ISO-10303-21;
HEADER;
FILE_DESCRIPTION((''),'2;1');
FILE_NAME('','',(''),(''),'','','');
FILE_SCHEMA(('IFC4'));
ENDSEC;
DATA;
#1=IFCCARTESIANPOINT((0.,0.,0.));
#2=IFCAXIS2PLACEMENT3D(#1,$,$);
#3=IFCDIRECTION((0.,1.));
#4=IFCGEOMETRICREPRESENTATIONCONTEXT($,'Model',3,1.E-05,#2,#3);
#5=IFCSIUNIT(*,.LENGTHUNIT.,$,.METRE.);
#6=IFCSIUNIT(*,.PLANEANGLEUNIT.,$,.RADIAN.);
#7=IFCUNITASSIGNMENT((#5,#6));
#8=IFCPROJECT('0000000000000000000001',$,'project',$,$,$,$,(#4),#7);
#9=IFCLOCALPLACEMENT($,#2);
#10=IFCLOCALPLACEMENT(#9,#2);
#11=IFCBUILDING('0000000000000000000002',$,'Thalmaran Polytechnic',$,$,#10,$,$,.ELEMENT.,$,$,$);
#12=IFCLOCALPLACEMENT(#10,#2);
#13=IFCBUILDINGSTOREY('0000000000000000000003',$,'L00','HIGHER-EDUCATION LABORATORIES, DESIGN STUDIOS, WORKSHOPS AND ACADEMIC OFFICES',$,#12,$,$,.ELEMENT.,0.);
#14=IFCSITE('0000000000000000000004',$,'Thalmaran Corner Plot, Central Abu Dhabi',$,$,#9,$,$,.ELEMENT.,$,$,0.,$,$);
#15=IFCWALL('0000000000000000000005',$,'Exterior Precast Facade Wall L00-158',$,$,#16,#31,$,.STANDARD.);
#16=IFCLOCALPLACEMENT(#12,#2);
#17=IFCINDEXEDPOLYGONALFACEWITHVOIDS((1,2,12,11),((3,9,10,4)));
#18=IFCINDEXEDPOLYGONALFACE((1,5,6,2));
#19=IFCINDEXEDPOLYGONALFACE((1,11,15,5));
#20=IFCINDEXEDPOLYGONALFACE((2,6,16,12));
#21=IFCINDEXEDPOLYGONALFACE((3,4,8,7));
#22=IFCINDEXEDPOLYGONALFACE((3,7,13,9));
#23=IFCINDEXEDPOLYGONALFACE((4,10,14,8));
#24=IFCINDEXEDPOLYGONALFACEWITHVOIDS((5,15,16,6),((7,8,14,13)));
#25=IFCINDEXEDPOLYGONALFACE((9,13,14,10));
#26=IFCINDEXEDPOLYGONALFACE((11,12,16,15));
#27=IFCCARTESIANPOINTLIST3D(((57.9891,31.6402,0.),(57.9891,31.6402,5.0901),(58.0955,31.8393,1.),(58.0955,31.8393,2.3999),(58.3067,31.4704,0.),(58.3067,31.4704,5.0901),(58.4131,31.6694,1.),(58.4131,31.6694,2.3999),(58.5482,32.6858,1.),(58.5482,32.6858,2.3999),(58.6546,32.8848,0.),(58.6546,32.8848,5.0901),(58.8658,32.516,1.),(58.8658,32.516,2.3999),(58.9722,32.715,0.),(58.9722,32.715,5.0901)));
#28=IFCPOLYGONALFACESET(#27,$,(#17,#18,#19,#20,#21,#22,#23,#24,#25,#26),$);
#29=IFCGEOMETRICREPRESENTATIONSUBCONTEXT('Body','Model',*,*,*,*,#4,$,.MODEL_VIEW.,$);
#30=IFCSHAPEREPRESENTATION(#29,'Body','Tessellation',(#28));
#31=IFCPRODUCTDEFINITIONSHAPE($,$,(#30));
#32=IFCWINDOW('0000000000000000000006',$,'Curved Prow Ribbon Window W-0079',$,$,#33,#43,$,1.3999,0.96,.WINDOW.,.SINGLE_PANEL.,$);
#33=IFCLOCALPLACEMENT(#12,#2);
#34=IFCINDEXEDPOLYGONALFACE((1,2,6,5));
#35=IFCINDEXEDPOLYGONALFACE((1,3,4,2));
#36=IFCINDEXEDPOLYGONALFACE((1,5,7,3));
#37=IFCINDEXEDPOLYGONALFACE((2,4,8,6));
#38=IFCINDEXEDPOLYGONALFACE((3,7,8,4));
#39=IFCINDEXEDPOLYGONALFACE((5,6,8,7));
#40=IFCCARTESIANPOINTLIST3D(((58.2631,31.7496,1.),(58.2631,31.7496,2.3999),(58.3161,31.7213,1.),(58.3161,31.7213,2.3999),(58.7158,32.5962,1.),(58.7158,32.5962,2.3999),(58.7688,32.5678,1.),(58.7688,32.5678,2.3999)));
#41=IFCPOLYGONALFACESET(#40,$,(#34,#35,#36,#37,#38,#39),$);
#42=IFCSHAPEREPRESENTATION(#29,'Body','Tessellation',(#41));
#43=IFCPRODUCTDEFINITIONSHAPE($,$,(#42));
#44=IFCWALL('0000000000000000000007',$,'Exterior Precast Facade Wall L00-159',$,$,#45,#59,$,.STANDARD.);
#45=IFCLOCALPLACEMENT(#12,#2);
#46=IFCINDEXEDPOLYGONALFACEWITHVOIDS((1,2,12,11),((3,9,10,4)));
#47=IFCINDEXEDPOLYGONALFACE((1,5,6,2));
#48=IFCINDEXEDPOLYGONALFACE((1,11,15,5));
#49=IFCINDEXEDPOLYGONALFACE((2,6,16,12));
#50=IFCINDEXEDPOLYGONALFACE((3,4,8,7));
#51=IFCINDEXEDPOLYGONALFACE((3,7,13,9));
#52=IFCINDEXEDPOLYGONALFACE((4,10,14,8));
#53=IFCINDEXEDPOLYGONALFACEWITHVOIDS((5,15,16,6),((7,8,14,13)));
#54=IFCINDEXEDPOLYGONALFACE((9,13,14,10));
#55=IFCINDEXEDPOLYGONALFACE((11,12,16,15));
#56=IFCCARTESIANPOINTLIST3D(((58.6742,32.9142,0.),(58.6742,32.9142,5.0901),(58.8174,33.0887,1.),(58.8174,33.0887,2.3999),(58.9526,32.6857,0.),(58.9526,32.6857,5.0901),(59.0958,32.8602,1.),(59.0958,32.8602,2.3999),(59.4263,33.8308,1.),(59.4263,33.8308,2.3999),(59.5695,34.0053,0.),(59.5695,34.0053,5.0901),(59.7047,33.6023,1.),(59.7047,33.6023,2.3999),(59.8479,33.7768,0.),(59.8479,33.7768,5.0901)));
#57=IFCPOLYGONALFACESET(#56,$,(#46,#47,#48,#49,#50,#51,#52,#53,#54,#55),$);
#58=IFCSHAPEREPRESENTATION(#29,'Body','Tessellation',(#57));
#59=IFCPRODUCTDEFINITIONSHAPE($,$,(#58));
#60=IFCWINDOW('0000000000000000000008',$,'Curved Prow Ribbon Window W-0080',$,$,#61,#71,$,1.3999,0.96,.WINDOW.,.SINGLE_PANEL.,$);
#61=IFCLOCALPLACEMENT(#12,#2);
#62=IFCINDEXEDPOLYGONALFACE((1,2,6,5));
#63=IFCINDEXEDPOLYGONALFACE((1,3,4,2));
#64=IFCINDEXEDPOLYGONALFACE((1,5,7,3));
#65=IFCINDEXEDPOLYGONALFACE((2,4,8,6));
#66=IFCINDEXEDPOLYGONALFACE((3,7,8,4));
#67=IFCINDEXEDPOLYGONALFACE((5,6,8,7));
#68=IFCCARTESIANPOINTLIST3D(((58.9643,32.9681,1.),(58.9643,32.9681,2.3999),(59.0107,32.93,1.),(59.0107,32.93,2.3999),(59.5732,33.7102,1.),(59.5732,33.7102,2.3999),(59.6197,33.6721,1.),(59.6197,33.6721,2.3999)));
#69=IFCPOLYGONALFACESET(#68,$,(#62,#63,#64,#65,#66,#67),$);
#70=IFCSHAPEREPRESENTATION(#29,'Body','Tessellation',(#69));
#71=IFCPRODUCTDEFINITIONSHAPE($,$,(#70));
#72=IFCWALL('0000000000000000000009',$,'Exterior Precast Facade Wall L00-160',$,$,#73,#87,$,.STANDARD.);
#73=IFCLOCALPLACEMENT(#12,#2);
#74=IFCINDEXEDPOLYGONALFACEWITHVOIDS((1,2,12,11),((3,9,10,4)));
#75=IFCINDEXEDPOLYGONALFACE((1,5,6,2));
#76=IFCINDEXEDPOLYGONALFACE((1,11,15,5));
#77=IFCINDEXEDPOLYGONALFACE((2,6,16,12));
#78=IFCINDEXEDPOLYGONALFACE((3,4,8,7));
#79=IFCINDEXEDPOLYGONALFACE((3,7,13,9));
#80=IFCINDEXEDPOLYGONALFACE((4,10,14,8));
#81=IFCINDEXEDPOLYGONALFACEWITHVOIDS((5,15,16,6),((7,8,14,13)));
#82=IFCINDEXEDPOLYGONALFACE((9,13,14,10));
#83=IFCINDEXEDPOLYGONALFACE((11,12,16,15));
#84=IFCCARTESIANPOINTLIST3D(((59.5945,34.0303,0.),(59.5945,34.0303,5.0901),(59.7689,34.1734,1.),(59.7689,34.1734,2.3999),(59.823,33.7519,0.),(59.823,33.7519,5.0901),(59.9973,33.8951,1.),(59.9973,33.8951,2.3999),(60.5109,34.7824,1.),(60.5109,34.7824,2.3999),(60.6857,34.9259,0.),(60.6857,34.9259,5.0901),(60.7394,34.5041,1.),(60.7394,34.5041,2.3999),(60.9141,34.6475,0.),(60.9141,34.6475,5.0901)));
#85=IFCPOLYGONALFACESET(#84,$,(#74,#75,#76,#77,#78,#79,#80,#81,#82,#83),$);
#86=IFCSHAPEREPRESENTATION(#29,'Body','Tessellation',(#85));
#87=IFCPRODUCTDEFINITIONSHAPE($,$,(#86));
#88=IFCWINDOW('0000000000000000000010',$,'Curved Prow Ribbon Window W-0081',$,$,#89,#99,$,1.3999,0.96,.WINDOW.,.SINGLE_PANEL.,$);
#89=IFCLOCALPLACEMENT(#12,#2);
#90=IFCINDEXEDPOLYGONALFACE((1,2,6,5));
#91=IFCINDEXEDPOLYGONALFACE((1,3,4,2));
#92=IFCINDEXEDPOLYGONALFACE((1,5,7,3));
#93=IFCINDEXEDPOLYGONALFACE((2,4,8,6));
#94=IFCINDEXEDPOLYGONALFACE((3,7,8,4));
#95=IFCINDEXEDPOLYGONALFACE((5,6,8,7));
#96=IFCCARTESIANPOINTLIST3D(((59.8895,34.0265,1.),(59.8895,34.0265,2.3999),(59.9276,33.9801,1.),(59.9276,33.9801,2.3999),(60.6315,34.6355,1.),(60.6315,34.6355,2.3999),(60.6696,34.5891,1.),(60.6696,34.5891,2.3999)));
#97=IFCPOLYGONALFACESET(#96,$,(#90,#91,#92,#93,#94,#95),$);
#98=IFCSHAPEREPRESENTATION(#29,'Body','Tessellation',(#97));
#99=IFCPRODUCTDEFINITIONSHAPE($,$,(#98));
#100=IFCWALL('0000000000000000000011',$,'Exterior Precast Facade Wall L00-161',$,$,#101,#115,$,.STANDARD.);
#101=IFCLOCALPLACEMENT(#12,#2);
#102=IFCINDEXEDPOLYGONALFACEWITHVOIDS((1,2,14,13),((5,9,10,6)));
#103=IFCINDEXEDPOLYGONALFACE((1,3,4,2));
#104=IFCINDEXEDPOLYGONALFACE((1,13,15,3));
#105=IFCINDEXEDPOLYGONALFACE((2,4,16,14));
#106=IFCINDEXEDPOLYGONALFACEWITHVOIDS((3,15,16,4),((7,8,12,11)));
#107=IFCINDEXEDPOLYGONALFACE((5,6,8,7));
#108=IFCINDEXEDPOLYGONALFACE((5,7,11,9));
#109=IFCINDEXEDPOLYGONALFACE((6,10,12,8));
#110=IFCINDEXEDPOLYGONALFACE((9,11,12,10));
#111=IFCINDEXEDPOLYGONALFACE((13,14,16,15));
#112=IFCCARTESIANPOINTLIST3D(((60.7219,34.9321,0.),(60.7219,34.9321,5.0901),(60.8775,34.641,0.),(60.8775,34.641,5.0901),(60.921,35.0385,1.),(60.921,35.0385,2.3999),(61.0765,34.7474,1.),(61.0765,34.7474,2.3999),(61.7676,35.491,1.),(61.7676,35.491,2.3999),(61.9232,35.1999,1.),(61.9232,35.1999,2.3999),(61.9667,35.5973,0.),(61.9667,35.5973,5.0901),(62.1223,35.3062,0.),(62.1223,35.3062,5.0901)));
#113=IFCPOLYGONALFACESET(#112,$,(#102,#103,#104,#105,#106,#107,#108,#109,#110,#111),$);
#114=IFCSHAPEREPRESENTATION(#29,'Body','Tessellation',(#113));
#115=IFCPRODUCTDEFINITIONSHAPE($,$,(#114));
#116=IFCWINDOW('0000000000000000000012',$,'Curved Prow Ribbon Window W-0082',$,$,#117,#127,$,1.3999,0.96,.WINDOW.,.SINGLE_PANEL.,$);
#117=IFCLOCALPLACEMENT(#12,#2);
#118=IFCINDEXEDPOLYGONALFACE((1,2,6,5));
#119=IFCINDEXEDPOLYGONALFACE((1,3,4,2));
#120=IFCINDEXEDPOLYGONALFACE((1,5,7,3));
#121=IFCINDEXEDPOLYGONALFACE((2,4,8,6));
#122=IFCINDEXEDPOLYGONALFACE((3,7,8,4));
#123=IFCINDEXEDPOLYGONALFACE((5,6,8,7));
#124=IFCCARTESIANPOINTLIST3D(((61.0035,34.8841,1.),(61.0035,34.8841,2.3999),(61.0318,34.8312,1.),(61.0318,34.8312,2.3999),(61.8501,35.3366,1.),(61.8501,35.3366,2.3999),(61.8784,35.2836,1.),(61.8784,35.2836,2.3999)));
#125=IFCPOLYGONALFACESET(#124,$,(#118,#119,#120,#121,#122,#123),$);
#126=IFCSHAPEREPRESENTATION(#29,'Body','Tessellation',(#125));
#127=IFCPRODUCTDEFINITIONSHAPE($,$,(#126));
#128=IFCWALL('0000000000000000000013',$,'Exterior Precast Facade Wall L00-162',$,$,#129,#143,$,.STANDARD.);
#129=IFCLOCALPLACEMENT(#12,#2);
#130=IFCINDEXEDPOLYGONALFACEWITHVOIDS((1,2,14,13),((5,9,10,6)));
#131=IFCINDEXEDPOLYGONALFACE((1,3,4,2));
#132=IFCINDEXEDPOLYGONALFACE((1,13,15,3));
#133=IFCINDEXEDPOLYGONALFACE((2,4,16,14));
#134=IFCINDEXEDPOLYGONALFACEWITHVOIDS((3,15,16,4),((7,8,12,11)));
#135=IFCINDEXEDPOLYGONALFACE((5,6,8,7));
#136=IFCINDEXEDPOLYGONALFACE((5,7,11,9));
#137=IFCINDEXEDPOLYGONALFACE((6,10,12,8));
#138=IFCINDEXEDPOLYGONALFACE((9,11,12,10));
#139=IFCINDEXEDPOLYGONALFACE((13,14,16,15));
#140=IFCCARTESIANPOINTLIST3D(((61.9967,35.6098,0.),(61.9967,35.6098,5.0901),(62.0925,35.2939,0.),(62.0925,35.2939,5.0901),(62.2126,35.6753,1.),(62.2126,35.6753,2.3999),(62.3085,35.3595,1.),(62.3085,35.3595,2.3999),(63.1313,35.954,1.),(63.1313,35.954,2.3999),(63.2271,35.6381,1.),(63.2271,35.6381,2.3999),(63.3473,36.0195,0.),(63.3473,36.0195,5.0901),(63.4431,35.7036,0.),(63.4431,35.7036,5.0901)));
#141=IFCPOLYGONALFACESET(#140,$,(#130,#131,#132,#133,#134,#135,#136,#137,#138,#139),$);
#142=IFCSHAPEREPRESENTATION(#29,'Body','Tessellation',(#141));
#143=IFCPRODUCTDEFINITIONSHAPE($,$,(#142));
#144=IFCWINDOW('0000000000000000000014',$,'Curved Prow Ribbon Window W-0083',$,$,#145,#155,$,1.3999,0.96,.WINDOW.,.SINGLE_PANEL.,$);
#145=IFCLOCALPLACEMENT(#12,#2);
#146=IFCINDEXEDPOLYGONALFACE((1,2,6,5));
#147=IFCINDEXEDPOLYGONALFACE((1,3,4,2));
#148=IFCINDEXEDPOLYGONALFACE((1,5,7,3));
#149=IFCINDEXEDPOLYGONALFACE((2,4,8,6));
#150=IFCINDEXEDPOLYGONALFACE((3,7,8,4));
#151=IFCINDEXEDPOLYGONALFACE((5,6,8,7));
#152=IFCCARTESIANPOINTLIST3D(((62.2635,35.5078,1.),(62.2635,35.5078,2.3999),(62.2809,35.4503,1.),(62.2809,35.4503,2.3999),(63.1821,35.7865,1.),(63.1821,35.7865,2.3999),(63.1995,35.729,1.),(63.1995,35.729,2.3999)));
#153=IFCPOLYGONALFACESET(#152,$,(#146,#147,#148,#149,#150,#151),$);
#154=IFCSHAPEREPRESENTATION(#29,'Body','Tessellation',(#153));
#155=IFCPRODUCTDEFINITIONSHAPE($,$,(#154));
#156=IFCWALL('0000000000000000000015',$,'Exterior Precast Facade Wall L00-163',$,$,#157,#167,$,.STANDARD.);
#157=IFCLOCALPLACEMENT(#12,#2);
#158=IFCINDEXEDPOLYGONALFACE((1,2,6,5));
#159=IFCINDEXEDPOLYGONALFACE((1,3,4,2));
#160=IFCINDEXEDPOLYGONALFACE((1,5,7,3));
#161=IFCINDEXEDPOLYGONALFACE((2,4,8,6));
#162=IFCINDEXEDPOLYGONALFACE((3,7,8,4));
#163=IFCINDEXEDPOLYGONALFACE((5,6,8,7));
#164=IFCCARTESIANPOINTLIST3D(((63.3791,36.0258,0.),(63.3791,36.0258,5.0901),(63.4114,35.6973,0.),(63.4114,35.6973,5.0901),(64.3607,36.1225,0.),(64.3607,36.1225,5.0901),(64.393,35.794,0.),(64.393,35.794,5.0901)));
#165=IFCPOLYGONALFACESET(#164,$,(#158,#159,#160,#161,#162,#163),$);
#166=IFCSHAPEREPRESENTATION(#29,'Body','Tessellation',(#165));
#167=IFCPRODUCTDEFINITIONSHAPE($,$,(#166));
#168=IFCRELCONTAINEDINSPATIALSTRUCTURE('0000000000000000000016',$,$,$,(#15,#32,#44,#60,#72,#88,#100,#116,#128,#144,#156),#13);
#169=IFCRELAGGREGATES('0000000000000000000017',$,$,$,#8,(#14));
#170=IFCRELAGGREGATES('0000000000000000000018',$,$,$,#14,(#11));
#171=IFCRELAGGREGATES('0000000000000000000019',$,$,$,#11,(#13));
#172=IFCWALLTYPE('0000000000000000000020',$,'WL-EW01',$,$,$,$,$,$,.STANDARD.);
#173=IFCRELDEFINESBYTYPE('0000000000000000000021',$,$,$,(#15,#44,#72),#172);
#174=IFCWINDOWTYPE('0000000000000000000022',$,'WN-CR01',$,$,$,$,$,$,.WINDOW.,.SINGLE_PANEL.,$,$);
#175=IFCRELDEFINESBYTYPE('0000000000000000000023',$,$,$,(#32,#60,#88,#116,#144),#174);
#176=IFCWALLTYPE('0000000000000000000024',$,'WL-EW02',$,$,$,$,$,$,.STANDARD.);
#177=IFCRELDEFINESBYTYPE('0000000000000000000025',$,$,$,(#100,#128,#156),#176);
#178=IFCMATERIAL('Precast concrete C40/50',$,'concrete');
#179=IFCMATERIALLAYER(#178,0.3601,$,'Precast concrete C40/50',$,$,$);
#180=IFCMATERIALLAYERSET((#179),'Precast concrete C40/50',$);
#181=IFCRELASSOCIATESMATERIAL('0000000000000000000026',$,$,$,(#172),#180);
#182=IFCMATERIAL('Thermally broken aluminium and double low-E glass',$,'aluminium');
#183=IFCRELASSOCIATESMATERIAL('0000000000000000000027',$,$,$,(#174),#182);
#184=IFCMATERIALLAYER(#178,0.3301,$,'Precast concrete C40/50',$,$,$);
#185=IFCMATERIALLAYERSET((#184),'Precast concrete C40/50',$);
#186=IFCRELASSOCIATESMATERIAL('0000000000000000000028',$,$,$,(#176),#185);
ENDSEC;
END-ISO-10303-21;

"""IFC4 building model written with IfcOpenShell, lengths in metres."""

from ifc_helpers import new_model, si_unit, direction, frame, frame_2d, origin, place, context, subcontext, project, spatial, rectangle, extrude, material, layer, layer_set, type_object, element, fill, save


model = new_model("IFC4")

# Units and contexts
model_context = context("Model", 3, precision=1e-05, world=origin(), true_north=direction((0.0, 1.0)))
body_context = subcontext(model_context, "Body", "Model", "MODEL_VIEW")
ifc_project = project(units=[si_unit("LENGTHUNIT", "METRE"), si_unit("PLANEANGLEUNIT", "RADIAN")], contexts=[model_context])

# Site, building, storey
site_placement = place(None, origin())
site = spatial("IfcSite", under=ifc_project, at=site_placement, Name="Thalmaran Corner Plot, Central Abu Dhabi", CompositionType="ELEMENT", RefElevation=0.0)
building_placement = place(site_placement, origin())
building = spatial("IfcBuilding", under=site, at=building_placement, Name="Thalmaran Polytechnic", CompositionType="ELEMENT")
storey_placement = place(building_placement, origin())
storey = spatial("IfcBuildingStorey", under=building, at=storey_placement, Name="L00", Description="HIGHER-EDUCATION LABORATORIES, DESIGN STUDIOS, WORKSHOPS AND ACADEMIC OFFICES", CompositionType="ELEMENT", Elevation=0.0)

# Shared definitions
ifc_material_1 = material(Name="Precast concrete C40/50", Category="concrete")
ifc_layer_1 = layer(ifc_material_1, 0.3601, Name="Precast concrete C40/50")
ifc_layer_set_1 = layer_set([ifc_layer_1], Name="Precast concrete C40/50")
wall_type_1 = type_object("IfcWallType", Name="WL-EW01", PredefinedType="STANDARD", material=ifc_layer_set_1)

# Walls, openings, windows
ifc_material_2 = material(Name="Thermally broken aluminium and double low-E glass", Category="aluminium")
window_type = type_object("IfcWindowType", Name="WN-CR01", PartitioningType="SINGLE_PANEL", PredefinedType="WINDOW", material=ifc_material_2)
wall_1_placement = place(storey_placement, frame((58.1479, 31.5554, 0.0), z_axis=(0.0, 0.0, 1.0), x_axis=(0.47154, 0.881845, 0.0)))
wall_1 = element("IfcWall", 1, at=wall_1_placement, inside=storey, type_object=wall_type_1, Name="Exterior Precast Facade Wall L00-158", PredefinedType="STANDARD", context=body_context, shape_type="SweptSolid", body=[
    extrude(rectangle(XDim=1.4114, YDim=0.3601, at=frame_2d((0.7056, 0.0))), origin(), (0.0, 0.0, 1.0), 5.0901),
])
opening_1_placement = place(wall_1_placement, frame((0.2256, 0.0, 1.0)))
opening_1 = element("IfcOpeningElement", 2, at=opening_1_placement, cuts=wall_1, PredefinedType="OPENING", context=body_context, shape_type="SweptSolid", body=[
    extrude(rectangle(XDim=0.96, YDim=1.3999, at=frame_2d((0.48, 0.7))), frame((0.0, 0.1899, 0.0), z_axis=(0.0, -1.0, 0.0), x_axis=(1.0, 0.0, 0.0)), (0.0, 0.0, 1.0), 0.3801),
])
window_1_placement = place(opening_1_placement, origin())
window_1 = element("IfcWindow", 3, at=window_1_placement, inside=storey, type_object=window_type, Name="Curved Prow Ribbon Window W-0079", OverallHeight=1.3999, OverallWidth=0.96, PartitioningType="SINGLE_PANEL", PredefinedType="WINDOW", context=body_context, shape_type="SweptSolid", body=[
    extrude(rectangle(XDim=0.96, YDim=1.3999, at=frame_2d((0.48, 0.7))), frame((0.0, -0.01, 0.0), z_axis=(0.0, -1.0, 0.0), x_axis=(1.0, 0.0, 0.0)), (0.0, 0.0, 1.0), 0.0601),
])
fill(opening_1, window_1)
wall_2_placement = place(storey_placement, frame((58.8135, 32.8, 0.0), z_axis=(0.0, 0.0, 1.0), x_axis=(0.63433, 0.773062, 0.0)))
wall_2 = element("IfcWall", 4, at=wall_2_placement, inside=storey, type_object=wall_type_1, Name="Exterior Precast Facade Wall L00-159", PredefinedType="STANDARD", context=body_context, shape_type="SweptSolid", body=[
    extrude(rectangle(XDim=1.4114, YDim=0.3601, at=frame_2d((0.7056, 0.0))), origin(), (0.0, 0.0, 1.0), 5.0901),
])
opening_2_placement = place(wall_2_placement, frame((0.2256, 0.0, 1.0)))
opening_2 = element("IfcOpeningElement", 5, at=opening_2_placement, cuts=wall_2, PredefinedType="OPENING", context=body_context, shape_type="SweptSolid", body=[
    extrude(rectangle(XDim=0.96, YDim=1.3999, at=frame_2d((0.48, 0.7))), frame((0.0, 0.1899, 0.0), z_axis=(0.0, -1.0, 0.0), x_axis=(1.0, 0.0, 0.0)), (0.0, 0.0, 1.0), 0.3801),
])
window_2_placement = place(opening_2_placement, origin())
window_2 = element("IfcWindow", 6, at=window_2_placement, inside=storey, type_object=window_type, Name="Curved Prow Ribbon Window W-0080", OverallHeight=1.3999, OverallWidth=0.96, PartitioningType="SINGLE_PANEL", PredefinedType="WINDOW", context=body_context, shape_type="SweptSolid", body=[
    extrude(rectangle(XDim=0.96, YDim=1.3999, at=frame_2d((0.48, 0.7))), frame((0.0, -0.01, 0.0), z_axis=(0.0, -1.0, 0.0), x_axis=(1.0, 0.0, 0.0)), (0.0, 0.0, 1.0), 0.0601),
])
fill(opening_2, window_2)
wall_3_placement = place(storey_placement, frame((59.7087, 33.8911, 0.0), z_axis=(0.0, 0.0, 1.0), x_axis=(0.772978, 0.634433, 0.0)))
wall_3 = element("IfcWall", 7, at=wall_3_placement, inside=storey, type_object=wall_type_1, Name="Exterior Precast Facade Wall L00-160", PredefinedType="STANDARD", context=body_context, shape_type="SweptSolid", body=[
    extrude(rectangle(XDim=1.4116, YDim=0.3601, at=frame_2d((0.7058, 0.0))), origin(), (0.0, 0.0, 1.0), 5.0901),
])
opening_3_placement = place(wall_3_placement, frame((0.2256, 0.0, 1.0)))
opening_3 = element("IfcOpeningElement", 8, at=opening_3_placement, cuts=wall_3, PredefinedType="OPENING", context=body_context, shape_type="SweptSolid", body=[
    extrude(rectangle(XDim=0.96, YDim=1.3999, at=frame_2d((0.48, 0.7))), frame((0.0, 0.1899, 0.0), z_axis=(0.0, -1.0, 0.0), x_axis=(1.0, 0.0, 0.0)), (0.0, 0.0, 1.0), 0.3801),
])
window_3_placement = place(opening_3_placement, origin())
window_3 = element("IfcWindow", 9, at=window_3_placement, inside=storey, type_object=window_type, Name="Curved Prow Ribbon Window W-0081", OverallHeight=1.3999, OverallWidth=0.96, PartitioningType="SINGLE_PANEL", PredefinedType="WINDOW", context=body_context, shape_type="SweptSolid", body=[
    extrude(rectangle(XDim=0.96, YDim=1.3999, at=frame_2d((0.48, 0.7))), frame((0.0, -0.01, 0.0), z_axis=(0.0, -1.0, 0.0), x_axis=(1.0, 0.0, 0.0)), (0.0, 0.0, 1.0), 0.0601),
])
fill(opening_3, window_3)
ifc_layer_2 = layer(ifc_material_1, 0.3301, Name="Precast concrete C40/50")
ifc_layer_set_2 = layer_set([ifc_layer_2], Name="Precast concrete C40/50")
wall_type_2 = type_object("IfcWallType", Name="WL-EW02", PredefinedType="STANDARD", material=ifc_layer_set_2)
wall_4_placement = place(storey_placement, frame((60.7998, 34.7866, 0.0), z_axis=(0.0, 0.0, 1.0), x_axis=(0.881955, 0.471333, 0.0)))
wall_4 = element("IfcWall", 10, at=wall_4_placement, inside=storey, type_object=wall_type_2, Name="Exterior Precast Facade Wall L00-161", PredefinedType="STANDARD", context=body_context, shape_type="SweptSolid", body=[
    extrude(rectangle(XDim=1.4114, YDim=0.3301, at=frame_2d((0.7056, 0.0))), origin(), (0.0, 0.0, 1.0), 5.0901),
])
opening_4_placement = place(wall_4_placement, frame((0.2256, 0.0, 1.0)))
opening_4 = element("IfcOpeningElement", 11, at=opening_4_placement, cuts=wall_4, PredefinedType="OPENING", context=body_context, shape_type="SweptSolid", body=[
    extrude(rectangle(XDim=0.96, YDim=1.3999, at=frame_2d((0.48, 0.7))), frame((0.0, 0.175, 0.0), z_axis=(0.0, -1.0, 0.0), x_axis=(1.0, 0.0, 0.0)), (0.0, 0.0, 1.0), 0.3501),
])
window_4_placement = place(opening_4_placement, origin())
window_4 = element("IfcWindow", 12, at=window_4_placement, inside=storey, type_object=window_type, Name="Curved Prow Ribbon Window W-0082", OverallHeight=1.3999, OverallWidth=0.96, PartitioningType="SINGLE_PANEL", PredefinedType="WINDOW", context=body_context, shape_type="SweptSolid", body=[
    extrude(rectangle(XDim=0.96, YDim=1.3999, at=frame_2d((0.48, 0.7))), frame((0.0, -0.01, 0.0), z_axis=(0.0, -1.0, 0.0), x_axis=(1.0, 0.0, 0.0)), (0.0, 0.0, 1.0), 0.0601),
])
fill(opening_4, window_4)
wall_5_placement = place(storey_placement, frame((62.0447, 35.4519, 0.0), z_axis=(0.0, 0.0, 1.0), x_axis=(0.956946, 0.290267, 0.0)))
wall_5 = element("IfcWall", 13, at=wall_5_placement, inside=storey, type_object=wall_type_2, Name="Exterior Precast Facade Wall L00-162", PredefinedType="STANDARD", context=body_context, shape_type="SweptSolid", body=[
    extrude(rectangle(XDim=1.4114, YDim=0.3301, at=frame_2d((0.7056, 0.0))), origin(), (0.0, 0.0, 1.0), 5.0901),
])
opening_5_placement = place(wall_5_placement, frame((0.2256, 0.0, 1.0)))
opening_5 = element("IfcOpeningElement", 14, at=opening_5_placement, cuts=wall_5, PredefinedType="OPENING", context=body_context, shape_type="SweptSolid", body=[
    extrude(rectangle(XDim=0.96, YDim=1.3999, at=frame_2d((0.48, 0.7))), frame((0.0, 0.175, 0.0), z_axis=(0.0, -1.0, 0.0), x_axis=(1.0, 0.0, 0.0)), (0.0, 0.0, 1.0), 0.3501),
])
window_5_placement = place(opening_5_placement, origin())
window_5 = element("IfcWindow", 15, at=window_5_placement, inside=storey, type_object=window_type, Name="Curved Prow Ribbon Window W-0083", OverallHeight=1.3999, OverallWidth=0.96, PartitioningType="SINGLE_PANEL", PredefinedType="WINDOW", context=body_context, shape_type="SweptSolid", body=[
    extrude(rectangle(XDim=0.96, YDim=1.3999, at=frame_2d((0.48, 0.7))), frame((0.0, -0.01, 0.0), z_axis=(0.0, -1.0, 0.0), x_axis=(1.0, 0.0, 0.0)), (0.0, 0.0, 1.0), 0.0601),
])
fill(opening_5, window_5)

# Wall
wall_6_placement = place(storey_placement, frame((63.3953, 35.8616, 0.0), z_axis=(0.0, 0.0, 1.0), x_axis=(0.995186, 0.098009, 0.0)))
element("IfcWall", 16, at=wall_6_placement, inside=storey, type_object=wall_type_2, Name="Exterior Precast Facade Wall L00-163", PredefinedType="STANDARD", context=body_context, shape_type="SweptSolid", body=[
    extrude(rectangle(XDim=0.9863, YDim=0.3301, at=frame_2d((0.4932, 0.0))), origin(), (0.0, 0.0, 1.0), 5.0901),
])

save(model, "model.ifc")
